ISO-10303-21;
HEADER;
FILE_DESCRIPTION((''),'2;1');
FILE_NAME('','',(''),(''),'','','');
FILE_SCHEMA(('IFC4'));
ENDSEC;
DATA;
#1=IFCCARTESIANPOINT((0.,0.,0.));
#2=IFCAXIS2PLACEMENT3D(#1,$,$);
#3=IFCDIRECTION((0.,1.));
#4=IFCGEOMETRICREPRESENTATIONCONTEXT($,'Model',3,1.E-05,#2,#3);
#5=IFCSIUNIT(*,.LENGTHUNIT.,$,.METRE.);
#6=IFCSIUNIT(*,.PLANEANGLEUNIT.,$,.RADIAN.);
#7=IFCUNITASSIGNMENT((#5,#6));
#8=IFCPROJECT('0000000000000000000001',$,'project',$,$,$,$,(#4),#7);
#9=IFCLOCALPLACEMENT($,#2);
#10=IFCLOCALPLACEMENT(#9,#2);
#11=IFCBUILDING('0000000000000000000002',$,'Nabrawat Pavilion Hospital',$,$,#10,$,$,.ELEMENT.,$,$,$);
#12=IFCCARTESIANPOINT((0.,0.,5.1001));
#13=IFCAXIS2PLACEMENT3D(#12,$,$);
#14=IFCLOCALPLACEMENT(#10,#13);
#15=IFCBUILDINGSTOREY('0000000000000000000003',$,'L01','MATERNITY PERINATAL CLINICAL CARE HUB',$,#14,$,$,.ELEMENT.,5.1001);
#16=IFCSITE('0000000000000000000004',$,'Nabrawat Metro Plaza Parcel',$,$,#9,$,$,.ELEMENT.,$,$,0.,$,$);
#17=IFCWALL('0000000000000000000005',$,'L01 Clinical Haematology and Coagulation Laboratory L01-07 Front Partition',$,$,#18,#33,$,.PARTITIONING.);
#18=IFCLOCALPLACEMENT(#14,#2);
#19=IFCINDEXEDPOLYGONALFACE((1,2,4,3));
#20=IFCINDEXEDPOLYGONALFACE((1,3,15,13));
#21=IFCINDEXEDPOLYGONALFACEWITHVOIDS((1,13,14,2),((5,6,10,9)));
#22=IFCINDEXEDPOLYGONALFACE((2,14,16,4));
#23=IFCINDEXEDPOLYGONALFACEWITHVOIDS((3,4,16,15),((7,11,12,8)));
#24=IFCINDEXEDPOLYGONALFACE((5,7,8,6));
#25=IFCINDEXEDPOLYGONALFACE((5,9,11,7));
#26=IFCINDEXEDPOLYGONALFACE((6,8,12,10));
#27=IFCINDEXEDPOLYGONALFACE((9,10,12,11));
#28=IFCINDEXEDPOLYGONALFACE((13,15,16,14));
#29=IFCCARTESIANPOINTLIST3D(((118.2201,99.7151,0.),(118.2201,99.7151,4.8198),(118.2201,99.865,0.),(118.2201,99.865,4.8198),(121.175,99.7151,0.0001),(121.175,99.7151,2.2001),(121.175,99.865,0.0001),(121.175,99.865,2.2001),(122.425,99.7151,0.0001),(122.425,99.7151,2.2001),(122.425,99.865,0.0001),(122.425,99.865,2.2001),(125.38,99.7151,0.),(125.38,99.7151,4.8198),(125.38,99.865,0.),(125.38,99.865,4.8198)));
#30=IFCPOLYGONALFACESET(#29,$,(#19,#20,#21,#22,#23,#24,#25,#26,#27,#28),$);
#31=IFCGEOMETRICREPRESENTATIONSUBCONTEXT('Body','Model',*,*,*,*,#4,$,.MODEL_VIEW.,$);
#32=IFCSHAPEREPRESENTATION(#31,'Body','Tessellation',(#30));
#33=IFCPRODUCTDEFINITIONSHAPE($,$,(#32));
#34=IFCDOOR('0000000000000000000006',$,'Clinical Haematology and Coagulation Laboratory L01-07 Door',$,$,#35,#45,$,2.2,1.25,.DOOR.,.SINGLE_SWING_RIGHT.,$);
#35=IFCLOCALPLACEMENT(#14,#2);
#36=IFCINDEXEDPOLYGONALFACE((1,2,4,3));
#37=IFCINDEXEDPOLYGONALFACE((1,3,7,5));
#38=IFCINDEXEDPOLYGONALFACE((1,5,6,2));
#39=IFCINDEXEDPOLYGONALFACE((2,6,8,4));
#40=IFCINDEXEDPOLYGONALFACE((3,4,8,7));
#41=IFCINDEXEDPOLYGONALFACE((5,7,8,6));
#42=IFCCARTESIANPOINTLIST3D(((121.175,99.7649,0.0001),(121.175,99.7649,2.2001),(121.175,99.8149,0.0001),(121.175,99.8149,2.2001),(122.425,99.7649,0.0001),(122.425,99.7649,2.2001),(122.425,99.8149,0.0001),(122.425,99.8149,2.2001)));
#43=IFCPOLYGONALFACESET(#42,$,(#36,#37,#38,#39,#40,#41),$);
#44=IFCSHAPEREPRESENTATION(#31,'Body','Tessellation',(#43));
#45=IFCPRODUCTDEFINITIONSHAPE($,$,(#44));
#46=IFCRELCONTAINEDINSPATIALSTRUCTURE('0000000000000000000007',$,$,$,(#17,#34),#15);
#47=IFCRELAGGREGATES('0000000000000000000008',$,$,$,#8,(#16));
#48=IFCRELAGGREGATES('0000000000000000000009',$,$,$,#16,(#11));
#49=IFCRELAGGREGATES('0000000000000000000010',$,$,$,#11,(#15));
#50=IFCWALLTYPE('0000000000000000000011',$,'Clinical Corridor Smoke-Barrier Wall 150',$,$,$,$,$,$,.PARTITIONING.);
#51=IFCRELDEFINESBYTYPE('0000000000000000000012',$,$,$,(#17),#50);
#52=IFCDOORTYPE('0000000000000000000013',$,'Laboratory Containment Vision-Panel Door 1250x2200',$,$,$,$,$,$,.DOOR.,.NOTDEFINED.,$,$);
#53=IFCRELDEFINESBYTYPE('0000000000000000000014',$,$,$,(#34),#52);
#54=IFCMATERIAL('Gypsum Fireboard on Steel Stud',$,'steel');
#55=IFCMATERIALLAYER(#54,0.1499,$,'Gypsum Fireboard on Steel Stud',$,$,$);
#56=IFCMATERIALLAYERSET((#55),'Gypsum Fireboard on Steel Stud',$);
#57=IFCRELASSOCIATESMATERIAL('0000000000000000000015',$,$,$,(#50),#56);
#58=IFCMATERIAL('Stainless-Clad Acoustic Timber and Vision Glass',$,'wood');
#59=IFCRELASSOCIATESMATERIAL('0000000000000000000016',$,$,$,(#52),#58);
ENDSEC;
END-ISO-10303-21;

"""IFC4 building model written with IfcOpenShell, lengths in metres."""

from ifc_helpers import new_model, si_unit, direction, frame, frame_2d, origin, place, context, subcontext, project, spatial, rectangle, extrude, material, layer, layer_set, type_object, element, fill, save


model = new_model("IFC4")

# Units and contexts
model_context = context("Model", 3, precision=1e-05, world=origin(), true_north=direction((0.0, 1.0)))
body_context = subcontext(model_context, "Body", "Model", "MODEL_VIEW")
ifc_project = project(units=[si_unit("LENGTHUNIT", "METRE"), si_unit("PLANEANGLEUNIT", "RADIAN")], contexts=[model_context])

# Site, building, storey
site_placement = place(None, origin())
site = spatial("IfcSite", under=ifc_project, at=site_placement, Name="Nabrawat Metro Plaza Parcel", CompositionType="ELEMENT", RefElevation=0.0)
building_placement = place(site_placement, origin())
building = spatial("IfcBuilding", under=site, at=building_placement, Name="Nabrawat Pavilion Hospital", CompositionType="ELEMENT")
storey_placement = place(building_placement, frame((0.0, 0.0, 5.1001)))
storey = spatial("IfcBuildingStorey", under=building, at=storey_placement, Name="L01", Description="MATERNITY PERINATAL CLINICAL CARE HUB", CompositionType="ELEMENT", Elevation=5.1001)

# Wall, opening, door
ifc_material_1 = material(Name="Gypsum Fireboard on Steel Stud", Category="steel")
ifc_layer_1 = layer(ifc_material_1, 0.1499, Name="Gypsum Fireboard on Steel Stud")
ifc_layer_set_1 = layer_set([ifc_layer_1], Name="Gypsum Fireboard on Steel Stud")
wall_type = type_object("IfcWallType", Name="Clinical Corridor Smoke-Barrier Wall 150", PredefinedType="PARTITIONING", material=ifc_layer_set_1)
ifc_material_2 = material(Name="Stainless-Clad Acoustic Timber and Vision Glass", Category="wood")
door_type = type_object("IfcDoorType", Name="Laboratory Containment Vision-Panel Door 1250x2200", OperationType="NOTDEFINED", PredefinedType="DOOR", material=ifc_material_2)
wall_1_placement = place(storey_placement, frame((118.22, 99.79, 0.0), z_axis=(0.0, 0.0, 1.0), x_axis=(1.0, 0.0, 0.0)))
wall_1 = element("IfcWall", 1, at=wall_1_placement, inside=storey, type_object=wall_type, Name="L01 Clinical Haematology and Coagulation Laboratory L01-07 Front Partition", PredefinedType="PARTITIONING", context=body_context, shape_type="SweptSolid", body=[
    extrude(rectangle(XDim=7.1599, YDim=0.1499, at=frame_2d((3.5801, 0.0))), origin(), (0.0, 0.0, 1.0), 4.8198),
])
opening_1_placement = place(wall_1_placement, frame((2.9551, 0.0, 0.0)))
opening_1 = element("IfcOpeningElement", 2, at=opening_1_placement, cuts=wall_1, PredefinedType="OPENING", context=body_context, shape_type="SweptSolid", body=[
    extrude(rectangle(XDim=1.25, YDim=2.2, at=frame_2d((0.625, 1.1001))), frame((0.0, 0.085, 0.0), z_axis=(0.0, -1.0, 0.0), x_axis=(1.0, 0.0, 0.0)), (0.0, 0.0, 1.0), 0.1699),
])
door_1_placement = place(opening_1_placement, origin())
door_1 = element("IfcDoor", 3, at=door_1_placement, inside=storey, type_object=door_type, Name="Clinical Haematology and Coagulation Laboratory L01-07 Door", OperationType="SINGLE_SWING_RIGHT", OverallHeight=2.2, OverallWidth=1.25, PredefinedType="DOOR", context=body_context, shape_type="SweptSolid", body=[
    extrude(rectangle(XDim=1.25, YDim=2.2, at=frame_2d((0.625, 1.1001))), frame((0.0, 0.0249, 0.0), z_axis=(0.0, -1.0, 0.0), x_axis=(1.0, 0.0, 0.0)), (0.0, 0.0, 1.0), 0.05),
])
fill(opening_1, door_1)

save(model, "model.ifc")
